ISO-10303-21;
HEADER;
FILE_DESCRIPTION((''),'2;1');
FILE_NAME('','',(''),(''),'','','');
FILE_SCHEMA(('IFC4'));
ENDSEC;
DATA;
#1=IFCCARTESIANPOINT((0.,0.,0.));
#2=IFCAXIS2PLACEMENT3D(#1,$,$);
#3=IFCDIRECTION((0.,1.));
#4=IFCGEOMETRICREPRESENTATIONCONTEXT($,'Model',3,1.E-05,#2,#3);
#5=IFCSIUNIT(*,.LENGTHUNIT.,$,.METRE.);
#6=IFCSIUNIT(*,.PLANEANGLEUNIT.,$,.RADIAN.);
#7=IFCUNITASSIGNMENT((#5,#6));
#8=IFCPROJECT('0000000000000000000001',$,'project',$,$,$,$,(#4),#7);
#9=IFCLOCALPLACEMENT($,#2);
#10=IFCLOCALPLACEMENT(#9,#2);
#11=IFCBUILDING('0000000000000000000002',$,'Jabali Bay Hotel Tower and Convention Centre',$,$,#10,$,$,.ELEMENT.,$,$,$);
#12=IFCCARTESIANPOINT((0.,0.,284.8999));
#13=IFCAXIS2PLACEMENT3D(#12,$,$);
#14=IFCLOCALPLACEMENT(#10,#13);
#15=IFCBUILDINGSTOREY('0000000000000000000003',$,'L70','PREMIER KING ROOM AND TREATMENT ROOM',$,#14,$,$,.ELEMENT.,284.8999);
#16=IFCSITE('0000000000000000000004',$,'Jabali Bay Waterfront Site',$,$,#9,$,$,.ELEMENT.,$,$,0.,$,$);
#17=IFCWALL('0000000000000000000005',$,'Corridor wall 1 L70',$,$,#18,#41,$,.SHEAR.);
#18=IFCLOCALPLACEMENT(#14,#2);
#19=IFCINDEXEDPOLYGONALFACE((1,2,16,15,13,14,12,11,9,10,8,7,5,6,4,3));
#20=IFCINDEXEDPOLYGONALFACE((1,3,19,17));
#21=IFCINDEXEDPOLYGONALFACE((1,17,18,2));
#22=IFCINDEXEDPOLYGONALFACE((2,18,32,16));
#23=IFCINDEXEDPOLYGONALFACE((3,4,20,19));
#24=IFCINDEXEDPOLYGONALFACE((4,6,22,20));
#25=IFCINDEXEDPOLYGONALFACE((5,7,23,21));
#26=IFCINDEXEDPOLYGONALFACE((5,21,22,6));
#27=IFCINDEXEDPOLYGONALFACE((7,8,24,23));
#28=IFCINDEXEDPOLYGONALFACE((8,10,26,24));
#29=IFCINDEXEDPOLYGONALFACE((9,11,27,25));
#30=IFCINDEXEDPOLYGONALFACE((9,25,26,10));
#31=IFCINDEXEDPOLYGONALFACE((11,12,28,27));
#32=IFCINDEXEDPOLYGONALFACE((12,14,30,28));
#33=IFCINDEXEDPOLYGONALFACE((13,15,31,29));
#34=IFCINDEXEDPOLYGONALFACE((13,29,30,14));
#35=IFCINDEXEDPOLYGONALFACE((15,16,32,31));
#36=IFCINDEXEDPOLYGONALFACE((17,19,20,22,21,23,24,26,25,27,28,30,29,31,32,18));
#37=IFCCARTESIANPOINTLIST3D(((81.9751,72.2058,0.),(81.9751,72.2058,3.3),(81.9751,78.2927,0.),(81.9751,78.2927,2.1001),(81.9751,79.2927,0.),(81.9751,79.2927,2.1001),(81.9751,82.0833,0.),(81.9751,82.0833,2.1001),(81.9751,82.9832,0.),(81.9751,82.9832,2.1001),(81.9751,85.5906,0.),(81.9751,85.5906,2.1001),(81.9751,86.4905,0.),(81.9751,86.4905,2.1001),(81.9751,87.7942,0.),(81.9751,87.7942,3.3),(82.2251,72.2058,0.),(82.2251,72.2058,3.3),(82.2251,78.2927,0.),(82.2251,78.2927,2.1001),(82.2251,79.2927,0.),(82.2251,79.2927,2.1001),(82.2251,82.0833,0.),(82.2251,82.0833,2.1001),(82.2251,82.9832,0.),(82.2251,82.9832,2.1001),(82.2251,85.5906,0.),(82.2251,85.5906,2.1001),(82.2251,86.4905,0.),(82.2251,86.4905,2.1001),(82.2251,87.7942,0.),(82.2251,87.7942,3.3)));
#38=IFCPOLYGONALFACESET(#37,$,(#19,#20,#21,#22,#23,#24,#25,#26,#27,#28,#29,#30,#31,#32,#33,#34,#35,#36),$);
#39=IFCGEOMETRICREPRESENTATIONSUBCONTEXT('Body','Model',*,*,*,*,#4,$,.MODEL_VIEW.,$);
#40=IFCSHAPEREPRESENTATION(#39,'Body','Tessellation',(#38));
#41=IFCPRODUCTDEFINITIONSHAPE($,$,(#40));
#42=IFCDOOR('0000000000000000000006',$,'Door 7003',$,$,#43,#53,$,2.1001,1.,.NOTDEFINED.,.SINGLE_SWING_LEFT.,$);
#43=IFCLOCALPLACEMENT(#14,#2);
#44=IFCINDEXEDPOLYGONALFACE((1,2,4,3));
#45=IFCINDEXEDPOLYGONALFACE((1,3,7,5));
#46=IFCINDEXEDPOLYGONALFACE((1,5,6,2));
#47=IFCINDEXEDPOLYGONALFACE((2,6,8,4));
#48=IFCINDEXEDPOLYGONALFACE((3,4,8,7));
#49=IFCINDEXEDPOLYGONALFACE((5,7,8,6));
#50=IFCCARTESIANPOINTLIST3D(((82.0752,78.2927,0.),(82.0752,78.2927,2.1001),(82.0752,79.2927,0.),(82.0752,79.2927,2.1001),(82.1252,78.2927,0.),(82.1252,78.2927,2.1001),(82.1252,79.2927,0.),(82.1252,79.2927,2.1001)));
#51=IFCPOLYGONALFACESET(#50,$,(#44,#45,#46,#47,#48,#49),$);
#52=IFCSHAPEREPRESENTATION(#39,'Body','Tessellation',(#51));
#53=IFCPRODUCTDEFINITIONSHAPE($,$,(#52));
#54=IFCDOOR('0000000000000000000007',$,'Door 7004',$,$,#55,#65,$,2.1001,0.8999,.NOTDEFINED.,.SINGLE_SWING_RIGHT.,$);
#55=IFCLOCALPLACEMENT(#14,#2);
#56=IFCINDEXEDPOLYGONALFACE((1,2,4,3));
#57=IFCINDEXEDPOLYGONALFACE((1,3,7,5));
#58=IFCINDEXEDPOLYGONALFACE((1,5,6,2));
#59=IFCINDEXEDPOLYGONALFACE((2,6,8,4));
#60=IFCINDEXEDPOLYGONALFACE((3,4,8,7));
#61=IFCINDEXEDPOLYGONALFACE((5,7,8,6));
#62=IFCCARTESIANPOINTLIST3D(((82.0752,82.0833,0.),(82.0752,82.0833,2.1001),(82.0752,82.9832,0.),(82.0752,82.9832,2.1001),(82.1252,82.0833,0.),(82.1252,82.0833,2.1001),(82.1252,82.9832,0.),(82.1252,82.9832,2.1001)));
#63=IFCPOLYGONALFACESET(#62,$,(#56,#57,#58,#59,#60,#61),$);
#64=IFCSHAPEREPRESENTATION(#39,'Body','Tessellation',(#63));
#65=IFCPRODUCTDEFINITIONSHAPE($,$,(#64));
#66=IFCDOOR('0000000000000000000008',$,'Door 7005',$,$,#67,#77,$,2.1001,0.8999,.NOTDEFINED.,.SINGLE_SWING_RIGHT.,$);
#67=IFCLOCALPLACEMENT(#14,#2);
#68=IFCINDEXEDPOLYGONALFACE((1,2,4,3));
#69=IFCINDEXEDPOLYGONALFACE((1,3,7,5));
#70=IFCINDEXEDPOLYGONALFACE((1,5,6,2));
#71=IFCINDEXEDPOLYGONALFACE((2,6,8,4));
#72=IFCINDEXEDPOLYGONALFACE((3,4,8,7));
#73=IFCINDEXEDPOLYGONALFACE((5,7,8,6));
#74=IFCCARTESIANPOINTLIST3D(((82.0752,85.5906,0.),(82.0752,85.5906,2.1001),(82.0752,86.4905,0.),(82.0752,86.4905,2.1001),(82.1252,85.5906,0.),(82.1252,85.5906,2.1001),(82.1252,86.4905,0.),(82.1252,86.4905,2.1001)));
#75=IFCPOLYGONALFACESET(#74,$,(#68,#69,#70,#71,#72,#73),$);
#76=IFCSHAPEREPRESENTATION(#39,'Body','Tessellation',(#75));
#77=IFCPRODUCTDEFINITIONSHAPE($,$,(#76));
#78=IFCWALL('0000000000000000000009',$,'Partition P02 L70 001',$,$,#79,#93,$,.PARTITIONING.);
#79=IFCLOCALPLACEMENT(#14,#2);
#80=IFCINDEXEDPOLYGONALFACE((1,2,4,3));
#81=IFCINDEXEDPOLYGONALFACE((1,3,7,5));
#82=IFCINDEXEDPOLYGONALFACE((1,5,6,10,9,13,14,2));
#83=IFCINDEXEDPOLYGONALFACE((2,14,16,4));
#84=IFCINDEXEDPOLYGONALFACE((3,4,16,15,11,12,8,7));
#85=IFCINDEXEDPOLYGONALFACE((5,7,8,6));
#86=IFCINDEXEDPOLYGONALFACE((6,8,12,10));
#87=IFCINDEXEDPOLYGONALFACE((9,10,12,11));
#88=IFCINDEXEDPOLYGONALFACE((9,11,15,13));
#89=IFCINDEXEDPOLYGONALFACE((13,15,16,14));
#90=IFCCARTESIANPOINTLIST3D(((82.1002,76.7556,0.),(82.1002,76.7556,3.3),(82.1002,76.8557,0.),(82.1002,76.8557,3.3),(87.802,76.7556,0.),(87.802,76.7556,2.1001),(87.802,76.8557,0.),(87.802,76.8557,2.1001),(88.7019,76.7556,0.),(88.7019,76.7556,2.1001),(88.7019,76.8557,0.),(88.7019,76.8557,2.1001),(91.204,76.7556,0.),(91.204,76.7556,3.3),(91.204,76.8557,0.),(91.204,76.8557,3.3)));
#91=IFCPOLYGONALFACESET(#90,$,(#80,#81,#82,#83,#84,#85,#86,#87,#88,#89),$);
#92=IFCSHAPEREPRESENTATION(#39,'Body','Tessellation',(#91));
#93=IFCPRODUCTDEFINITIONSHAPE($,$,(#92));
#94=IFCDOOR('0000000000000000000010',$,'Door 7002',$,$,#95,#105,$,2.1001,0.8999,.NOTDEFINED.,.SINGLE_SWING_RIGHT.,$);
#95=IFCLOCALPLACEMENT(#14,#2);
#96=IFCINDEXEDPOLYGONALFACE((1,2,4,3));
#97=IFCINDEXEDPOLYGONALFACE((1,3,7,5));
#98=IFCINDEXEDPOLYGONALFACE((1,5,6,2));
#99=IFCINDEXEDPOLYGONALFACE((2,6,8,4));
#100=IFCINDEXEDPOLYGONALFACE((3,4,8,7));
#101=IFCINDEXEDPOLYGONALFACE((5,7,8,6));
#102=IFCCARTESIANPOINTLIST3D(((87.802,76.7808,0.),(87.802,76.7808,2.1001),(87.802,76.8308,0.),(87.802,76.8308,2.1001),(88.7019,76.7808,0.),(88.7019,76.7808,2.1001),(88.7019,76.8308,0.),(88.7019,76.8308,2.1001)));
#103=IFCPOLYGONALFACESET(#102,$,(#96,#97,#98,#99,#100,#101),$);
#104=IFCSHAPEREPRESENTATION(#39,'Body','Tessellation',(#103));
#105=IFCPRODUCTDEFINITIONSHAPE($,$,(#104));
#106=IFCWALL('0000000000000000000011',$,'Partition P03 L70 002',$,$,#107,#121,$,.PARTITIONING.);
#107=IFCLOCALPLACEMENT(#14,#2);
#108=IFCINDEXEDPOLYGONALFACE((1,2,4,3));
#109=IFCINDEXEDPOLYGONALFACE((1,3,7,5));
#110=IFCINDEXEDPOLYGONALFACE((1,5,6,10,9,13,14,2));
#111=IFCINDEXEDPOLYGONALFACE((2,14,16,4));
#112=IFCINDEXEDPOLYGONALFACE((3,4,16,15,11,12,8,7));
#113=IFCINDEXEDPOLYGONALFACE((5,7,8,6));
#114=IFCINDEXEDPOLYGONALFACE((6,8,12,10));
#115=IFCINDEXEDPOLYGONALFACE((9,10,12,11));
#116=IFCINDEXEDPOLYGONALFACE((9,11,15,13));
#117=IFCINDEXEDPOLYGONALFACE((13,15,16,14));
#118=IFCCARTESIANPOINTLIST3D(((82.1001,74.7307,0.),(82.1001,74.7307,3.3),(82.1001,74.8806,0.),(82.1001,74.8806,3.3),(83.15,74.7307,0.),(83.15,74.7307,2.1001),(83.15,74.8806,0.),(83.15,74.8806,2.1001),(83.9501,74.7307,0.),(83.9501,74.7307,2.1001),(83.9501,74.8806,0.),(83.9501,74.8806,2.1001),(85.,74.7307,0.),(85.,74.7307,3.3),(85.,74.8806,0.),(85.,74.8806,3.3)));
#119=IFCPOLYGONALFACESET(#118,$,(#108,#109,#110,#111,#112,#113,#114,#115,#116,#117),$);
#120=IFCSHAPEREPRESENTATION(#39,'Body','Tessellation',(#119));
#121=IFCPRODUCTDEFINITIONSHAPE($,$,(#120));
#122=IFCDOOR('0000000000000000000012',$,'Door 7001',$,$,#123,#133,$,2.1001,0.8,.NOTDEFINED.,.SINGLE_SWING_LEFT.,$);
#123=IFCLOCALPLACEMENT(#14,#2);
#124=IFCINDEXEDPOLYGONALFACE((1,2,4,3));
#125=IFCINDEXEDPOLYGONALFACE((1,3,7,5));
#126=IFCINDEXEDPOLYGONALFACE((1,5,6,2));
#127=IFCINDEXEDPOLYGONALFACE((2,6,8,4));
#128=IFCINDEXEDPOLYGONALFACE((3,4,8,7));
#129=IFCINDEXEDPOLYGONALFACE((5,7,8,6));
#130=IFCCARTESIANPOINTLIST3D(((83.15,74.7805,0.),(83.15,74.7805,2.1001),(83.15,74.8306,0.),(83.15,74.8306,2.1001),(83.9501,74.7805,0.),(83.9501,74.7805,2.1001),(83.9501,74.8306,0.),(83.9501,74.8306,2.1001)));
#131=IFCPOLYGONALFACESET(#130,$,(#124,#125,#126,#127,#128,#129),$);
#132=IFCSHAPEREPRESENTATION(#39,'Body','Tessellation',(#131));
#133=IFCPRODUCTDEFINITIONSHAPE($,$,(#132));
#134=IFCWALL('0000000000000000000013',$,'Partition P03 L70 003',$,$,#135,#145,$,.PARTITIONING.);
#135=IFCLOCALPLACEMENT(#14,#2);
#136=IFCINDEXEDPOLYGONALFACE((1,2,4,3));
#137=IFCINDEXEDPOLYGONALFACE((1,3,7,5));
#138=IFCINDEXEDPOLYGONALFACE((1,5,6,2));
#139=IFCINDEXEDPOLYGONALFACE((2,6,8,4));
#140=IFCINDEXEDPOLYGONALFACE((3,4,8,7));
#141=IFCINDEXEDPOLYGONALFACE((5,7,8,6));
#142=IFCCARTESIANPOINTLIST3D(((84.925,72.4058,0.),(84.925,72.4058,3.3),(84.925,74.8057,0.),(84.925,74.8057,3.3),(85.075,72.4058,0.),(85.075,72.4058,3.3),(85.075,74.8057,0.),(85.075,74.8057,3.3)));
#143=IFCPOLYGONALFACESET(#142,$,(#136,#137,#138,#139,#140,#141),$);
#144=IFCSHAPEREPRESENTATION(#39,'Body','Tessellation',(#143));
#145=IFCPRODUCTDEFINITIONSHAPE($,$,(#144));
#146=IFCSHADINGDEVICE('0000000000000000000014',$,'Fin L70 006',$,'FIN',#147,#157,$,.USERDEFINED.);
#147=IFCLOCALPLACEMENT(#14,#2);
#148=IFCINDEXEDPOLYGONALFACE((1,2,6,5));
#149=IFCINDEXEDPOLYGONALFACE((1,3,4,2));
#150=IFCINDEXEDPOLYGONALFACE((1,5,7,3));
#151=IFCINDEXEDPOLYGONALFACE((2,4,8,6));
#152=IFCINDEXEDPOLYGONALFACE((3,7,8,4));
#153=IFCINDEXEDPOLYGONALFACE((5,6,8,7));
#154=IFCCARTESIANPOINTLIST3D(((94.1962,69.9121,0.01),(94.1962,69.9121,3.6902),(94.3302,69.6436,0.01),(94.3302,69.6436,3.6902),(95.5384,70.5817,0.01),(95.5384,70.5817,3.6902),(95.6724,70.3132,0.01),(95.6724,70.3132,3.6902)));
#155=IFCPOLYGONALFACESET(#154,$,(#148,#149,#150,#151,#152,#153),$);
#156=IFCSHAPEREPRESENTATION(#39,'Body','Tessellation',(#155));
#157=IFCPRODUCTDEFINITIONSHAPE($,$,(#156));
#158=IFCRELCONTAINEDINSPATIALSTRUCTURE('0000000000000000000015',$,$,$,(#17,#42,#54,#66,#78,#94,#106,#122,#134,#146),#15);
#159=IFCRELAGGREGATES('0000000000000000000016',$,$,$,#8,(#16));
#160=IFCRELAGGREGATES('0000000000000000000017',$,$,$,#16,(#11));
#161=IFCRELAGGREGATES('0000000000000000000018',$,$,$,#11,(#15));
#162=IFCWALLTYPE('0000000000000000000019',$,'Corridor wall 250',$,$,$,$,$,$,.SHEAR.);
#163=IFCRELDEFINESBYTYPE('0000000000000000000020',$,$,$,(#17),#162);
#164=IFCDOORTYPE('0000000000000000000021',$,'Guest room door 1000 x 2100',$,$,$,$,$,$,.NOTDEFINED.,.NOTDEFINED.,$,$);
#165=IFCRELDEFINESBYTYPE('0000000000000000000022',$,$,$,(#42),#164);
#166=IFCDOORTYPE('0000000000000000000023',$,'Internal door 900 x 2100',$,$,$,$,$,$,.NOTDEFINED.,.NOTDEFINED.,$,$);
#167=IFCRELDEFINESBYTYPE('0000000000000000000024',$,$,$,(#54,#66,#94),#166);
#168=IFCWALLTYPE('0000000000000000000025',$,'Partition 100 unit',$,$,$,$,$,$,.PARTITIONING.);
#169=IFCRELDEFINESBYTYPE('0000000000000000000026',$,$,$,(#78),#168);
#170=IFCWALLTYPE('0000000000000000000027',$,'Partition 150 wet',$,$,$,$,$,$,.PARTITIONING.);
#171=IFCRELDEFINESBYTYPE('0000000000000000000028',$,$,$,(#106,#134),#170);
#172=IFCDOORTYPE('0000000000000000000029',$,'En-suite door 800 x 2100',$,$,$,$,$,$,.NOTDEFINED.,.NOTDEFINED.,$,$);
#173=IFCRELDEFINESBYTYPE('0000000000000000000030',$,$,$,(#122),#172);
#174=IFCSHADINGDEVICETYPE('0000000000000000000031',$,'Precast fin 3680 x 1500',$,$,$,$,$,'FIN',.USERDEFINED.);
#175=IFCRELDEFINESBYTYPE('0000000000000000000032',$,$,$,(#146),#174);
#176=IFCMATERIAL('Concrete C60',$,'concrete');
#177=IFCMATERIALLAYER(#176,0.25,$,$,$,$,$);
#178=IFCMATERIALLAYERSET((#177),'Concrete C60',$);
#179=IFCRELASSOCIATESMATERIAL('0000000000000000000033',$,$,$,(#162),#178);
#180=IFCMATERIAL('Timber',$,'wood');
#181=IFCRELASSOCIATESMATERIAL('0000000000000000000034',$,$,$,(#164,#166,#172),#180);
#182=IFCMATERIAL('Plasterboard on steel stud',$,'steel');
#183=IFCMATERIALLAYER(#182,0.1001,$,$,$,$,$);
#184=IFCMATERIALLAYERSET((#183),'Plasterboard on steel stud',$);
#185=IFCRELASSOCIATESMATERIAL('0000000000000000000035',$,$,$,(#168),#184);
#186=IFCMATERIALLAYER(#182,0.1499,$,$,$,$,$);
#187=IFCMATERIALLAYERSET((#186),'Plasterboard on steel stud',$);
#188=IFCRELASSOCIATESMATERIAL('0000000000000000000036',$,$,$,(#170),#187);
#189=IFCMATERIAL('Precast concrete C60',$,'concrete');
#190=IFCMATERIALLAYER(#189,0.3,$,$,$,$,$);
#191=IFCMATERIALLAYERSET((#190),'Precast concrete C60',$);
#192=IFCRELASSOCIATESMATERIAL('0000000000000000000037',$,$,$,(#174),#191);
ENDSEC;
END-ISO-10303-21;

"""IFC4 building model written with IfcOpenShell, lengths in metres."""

from ifc_helpers import new_model, si_unit, direction, frame, frame_2d, origin, place, context, subcontext, project, spatial, rectangle, extrude, material, layer, layer_set, type_object, element, fill, save


model = new_model("IFC4")

# Units and contexts
model_context = context("Model", 3, precision=1e-05, world=origin(), true_north=direction((0.0, 1.0)))
body_context = subcontext(model_context, "Body", "Model", "MODEL_VIEW")
ifc_project = project(units=[si_unit("LENGTHUNIT", "METRE"), si_unit("PLANEANGLEUNIT", "RADIAN")], contexts=[model_context])

# Site, building, storey
site_placement = place(None, origin())
site = spatial("IfcSite", under=ifc_project, at=site_placement, Name="Jabali Bay Waterfront Site", CompositionType="ELEMENT", RefElevation=0.0)
building_placement = place(site_placement, origin())
building = spatial("IfcBuilding", under=site, at=building_placement, Name="Jabali Bay Hotel Tower and Convention Centre", CompositionType="ELEMENT")
storey_placement = place(building_placement, frame((0.0, 0.0, 284.8999)))
storey = spatial("IfcBuildingStorey", under=building, at=storey_placement, Name="L70", Description="PREMIER KING ROOM AND TREATMENT ROOM", CompositionType="ELEMENT", Elevation=284.8999)

# Shared definitions
ifc_material_1 = material(Name="Concrete C60", Category="concrete")

# Wall, openings, doors
ifc_layer_1 = layer(ifc_material_1, 0.25)
ifc_layer_set_1 = layer_set([ifc_layer_1], Name="Concrete C60")
wall_type_1 = type_object("IfcWallType", Name="Corridor wall 250", PredefinedType="SHEAR", material=ifc_layer_set_1)
wall_1_placement = place(storey_placement, frame((82.1001, 72.2058, 0.0), z_axis=(0.0, 0.0, 1.0), x_axis=(0.0, 1.0, 0.0)))
wall_1 = element("IfcWall", 1, at=wall_1_placement, inside=storey, type_object=wall_type_1, Name="Corridor wall 1 L70", PredefinedType="SHEAR", context=body_context, shape_type="SweptSolid", body=[
    extrude(rectangle(XDim=15.5884, YDim=0.25, at=frame_2d((7.7942, 0.0))), origin(), (0.0, 0.0, 1.0), 3.3),
])
opening_1_placement = place(wall_1_placement, frame((6.0869, 0.0, 0.0)))
opening_1 = element("IfcOpeningElement", 2, at=opening_1_placement, cuts=wall_1, PredefinedType="OPENING", context=body_context, shape_type="SweptSolid", body=[
    extrude(rectangle(XDim=1.0, YDim=2.1001, at=frame_2d((0.5, 1.05))), frame((0.0, 0.1355, 0.0), z_axis=(0.0, -1.0, 0.0), x_axis=(1.0, 0.0, 0.0)), (0.0, 0.0, 1.0), 0.271),
])
opening_2_placement = place(wall_1_placement, frame((9.8774, 0.0, 0.0)))
opening_2 = element("IfcOpeningElement", 3, at=opening_2_placement, cuts=wall_1, PredefinedType="OPENING", context=body_context, shape_type="SweptSolid", body=[
    extrude(rectangle(XDim=0.8999, YDim=2.1001, at=frame_2d((0.45, 1.05))), frame((0.0, 0.1355, 0.0), z_axis=(0.0, -1.0, 0.0), x_axis=(1.0, 0.0, 0.0)), (0.0, 0.0, 1.0), 0.271),
])
opening_3_placement = place(wall_1_placement, frame((13.3848, 0.0, 0.0)))
opening_3 = element("IfcOpeningElement", 4, at=opening_3_placement, cuts=wall_1, PredefinedType="OPENING", context=body_context, shape_type="SweptSolid", body=[
    extrude(rectangle(XDim=0.8999, YDim=2.1001, at=frame_2d((0.45, 1.05))), frame((0.0, 0.1355, 0.0), z_axis=(0.0, -1.0, 0.0), x_axis=(1.0, 0.0, 0.0)), (0.0, 0.0, 1.0), 0.271),
])
ifc_material_2 = material(Name="Timber", Category="wood")
door_type_1 = type_object("IfcDoorType", Name="Guest room door 1000 x 2100", OperationType="NOTDEFINED", PredefinedType="NOTDEFINED", material=ifc_material_2)
door_1_placement = place(opening_1_placement, origin())
door_1 = element("IfcDoor", 5, at=door_1_placement, inside=storey, type_object=door_type_1, Name="Door 7003", OperationType="SINGLE_SWING_LEFT", OverallHeight=2.1001, OverallWidth=1.0, PredefinedType="NOTDEFINED", context=body_context, shape_type="SweptSolid", body=[
    extrude(rectangle(XDim=1.0, YDim=2.1001, at=frame_2d((0.5, 1.05))), frame((0.0, 0.0249, 0.0), z_axis=(0.0, -1.0, 0.0), x_axis=(1.0, 0.0, 0.0)), (0.0, 0.0, 1.0), 0.05),
])
fill(opening_1, door_1)
door_type_2 = type_object("IfcDoorType", Name="Internal door 900 x 2100", OperationType="NOTDEFINED", PredefinedType="NOTDEFINED", material=ifc_material_2)
door_2_placement = place(opening_2_placement, origin())
door_2 = element("IfcDoor", 6, at=door_2_placement, inside=storey, type_object=door_type_2, Name="Door 7004", OperationType="SINGLE_SWING_RIGHT", OverallHeight=2.1001, OverallWidth=0.8999, PredefinedType="NOTDEFINED", context=body_context, shape_type="SweptSolid", body=[
    extrude(rectangle(XDim=0.8999, YDim=2.1001, at=frame_2d((0.45, 1.05))), frame((0.0, 0.0249, 0.0), z_axis=(0.0, -1.0, 0.0), x_axis=(1.0, 0.0, 0.0)), (0.0, 0.0, 1.0), 0.05),
])
fill(opening_2, door_2)
door_3_placement = place(opening_3_placement, origin())
door_3 = element("IfcDoor", 7, at=door_3_placement, inside=storey, type_object=door_type_2, Name="Door 7005", OperationType="SINGLE_SWING_RIGHT", OverallHeight=2.1001, OverallWidth=0.8999, PredefinedType="NOTDEFINED", context=body_context, shape_type="SweptSolid", body=[
    extrude(rectangle(XDim=0.8999, YDim=2.1001, at=frame_2d((0.45, 1.05))), frame((0.0, 0.0249, 0.0), z_axis=(0.0, -1.0, 0.0), x_axis=(1.0, 0.0, 0.0)), (0.0, 0.0, 1.0), 0.05),
])
fill(opening_3, door_3)

# Walls, openings, doors
ifc_material_3 = material(Name="Plasterboard on steel stud", Category="steel")
ifc_layer_2 = layer(ifc_material_3, 0.1001)
ifc_layer_set_2 = layer_set([ifc_layer_2], Name="Plasterboard on steel stud")
wall_type_2 = type_object("IfcWallType", Name="Partition 100 unit", PredefinedType="PARTITIONING", material=ifc_layer_set_2)
wall_2_placement = place(storey_placement, frame((91.2039, 76.8057, 0.0), z_axis=(0.0, 0.0, 1.0), x_axis=(-1.0, 0.0, 0.0)))
wall_2 = element("IfcWall", 8, at=wall_2_placement, inside=storey, type_object=wall_type_2, Name="Partition P02 L70 001", PredefinedType="PARTITIONING", context=body_context, shape_type="SweptSolid", body=[
    extrude(rectangle(XDim=9.1038, YDim=0.1001, at=frame_2d((4.5518, 0.0))), origin(), (0.0, 0.0, 1.0), 3.3),
])
opening_4_placement = place(wall_2_placement, frame((2.502, 0.0, 0.0)))
opening_4 = element("IfcOpeningElement", 9, at=opening_4_placement, cuts=wall_2, PredefinedType="OPENING", context=body_context, shape_type="SweptSolid", body=[
    extrude(rectangle(XDim=0.8999, YDim=2.1001, at=frame_2d((0.45, 1.05))), frame((0.0, 0.0605, 0.0), z_axis=(0.0, -1.0, 0.0), x_axis=(1.0, 0.0, 0.0)), (0.0, 0.0, 1.0), 0.1211),
])
door_4_placement = place(opening_4_placement, origin())
door_4 = element("IfcDoor", 10, at=door_4_placement, inside=storey, type_object=door_type_2, Name="Door 7002", OperationType="SINGLE_SWING_RIGHT", OverallHeight=2.1001, OverallWidth=0.8999, PredefinedType="NOTDEFINED", context=body_context, shape_type="SweptSolid", body=[
    extrude(rectangle(XDim=0.8999, YDim=2.1001, at=frame_2d((0.45, 1.05))), frame((0.0, 0.0249, 0.0), z_axis=(0.0, -1.0, 0.0), x_axis=(1.0, 0.0, 0.0)), (0.0, 0.0, 1.0), 0.05),
])
fill(opening_4, door_4)
ifc_layer_3 = layer(ifc_material_3, 0.1499)
ifc_layer_set_3 = layer_set([ifc_layer_3], Name="Plasterboard on steel stud")
wall_type_3 = type_object("IfcWallType", Name="Partition 150 wet", PredefinedType="PARTITIONING", material=ifc_layer_set_3)
wall_3_placement = place(storey_placement, frame((82.1001, 74.8057, 0.0), z_axis=(0.0, 0.0, 1.0), x_axis=(1.0, 0.0, 0.0)))
wall_3 = element("IfcWall", 11, at=wall_3_placement, inside=storey, type_object=wall_type_3, Name="Partition P03 L70 002", PredefinedType="PARTITIONING", context=body_context, shape_type="SweptSolid", body=[
    extrude(rectangle(XDim=2.8999, YDim=0.1499, at=frame_2d((1.45, 0.0))), origin(), (0.0, 0.0, 1.0), 3.3),
])
opening_5_placement = place(wall_3_placement, frame((1.05, 0.0, 0.0)))
opening_5 = element("IfcOpeningElement", 12, at=opening_5_placement, cuts=wall_3, PredefinedType="OPENING", context=body_context, shape_type="SweptSolid", body=[
    extrude(rectangle(XDim=0.8, YDim=2.1001, at=frame_2d((0.3999, 1.05))), frame((0.0, 0.0854, 0.0), z_axis=(0.0, -1.0, 0.0), x_axis=(1.0, 0.0, 0.0)), (0.0, 0.0, 1.0), 0.1709),
])
door_type_3 = type_object("IfcDoorType", Name="En-suite door 800 x 2100", OperationType="NOTDEFINED", PredefinedType="NOTDEFINED", material=ifc_material_2)
door_5_placement = place(opening_5_placement, origin())
door_5 = element("IfcDoor", 13, at=door_5_placement, inside=storey, type_object=door_type_3, Name="Door 7001", OperationType="SINGLE_SWING_LEFT", OverallHeight=2.1001, OverallWidth=0.8, PredefinedType="NOTDEFINED", context=body_context, shape_type="SweptSolid", body=[
    extrude(rectangle(XDim=0.8, YDim=2.1001, at=frame_2d((0.3999, 1.05))), frame((0.0, 0.0249, 0.0), z_axis=(0.0, -1.0, 0.0), x_axis=(1.0, 0.0, 0.0)), (0.0, 0.0, 1.0), 0.05),
])
fill(opening_5, door_5)

# Wall
wall_4_placement = place(storey_placement, frame((85.0, 74.8057, 0.0), z_axis=(0.0, 0.0, 1.0), x_axis=(0.0, -1.0, 0.0)))
element("IfcWall", 14, at=wall_4_placement, inside=storey, type_object=wall_type_3, Name="Partition P03 L70 003", PredefinedType="PARTITIONING", context=body_context, shape_type="SweptSolid", body=[
    extrude(rectangle(XDim=2.3999, YDim=0.1499, at=frame_2d((1.2, 0.0))), origin(), (0.0, 0.0, 1.0), 3.3),
])

# Shading device
ifc_material_4 = material(Name="Precast concrete C60", Category="concrete")
ifc_layer_4 = layer(ifc_material_4, 0.3)
ifc_layer_set_4 = layer_set([ifc_layer_4], Name="Precast concrete C60")
shading_device_type = type_object("IfcShadingDeviceType", Name="Precast fin 3680 x 1500", ElementType="FIN", PredefinedType="USERDEFINED", material=ifc_layer_set_4)
shading_device_placement = place(storey_placement, frame((94.2632, 69.7778, 0.01), z_axis=(0.0, 0.0, 1.0), x_axis=(0.894817, 0.446432, 0.0)))
element("IfcShadingDevice", 15, at=shading_device_placement, inside=storey, type_object=shading_device_type, Name="Fin L70 006", ObjectType="FIN", PredefinedType="USERDEFINED", context=body_context, shape_type="SweptSolid", body=[
    extrude(rectangle(XDim=1.5, YDim=0.3, at=frame_2d((0.75, 0.0))), origin(), (0.0, 0.0, 1.0), 3.6802),
])

save(model, "model.ifc")
